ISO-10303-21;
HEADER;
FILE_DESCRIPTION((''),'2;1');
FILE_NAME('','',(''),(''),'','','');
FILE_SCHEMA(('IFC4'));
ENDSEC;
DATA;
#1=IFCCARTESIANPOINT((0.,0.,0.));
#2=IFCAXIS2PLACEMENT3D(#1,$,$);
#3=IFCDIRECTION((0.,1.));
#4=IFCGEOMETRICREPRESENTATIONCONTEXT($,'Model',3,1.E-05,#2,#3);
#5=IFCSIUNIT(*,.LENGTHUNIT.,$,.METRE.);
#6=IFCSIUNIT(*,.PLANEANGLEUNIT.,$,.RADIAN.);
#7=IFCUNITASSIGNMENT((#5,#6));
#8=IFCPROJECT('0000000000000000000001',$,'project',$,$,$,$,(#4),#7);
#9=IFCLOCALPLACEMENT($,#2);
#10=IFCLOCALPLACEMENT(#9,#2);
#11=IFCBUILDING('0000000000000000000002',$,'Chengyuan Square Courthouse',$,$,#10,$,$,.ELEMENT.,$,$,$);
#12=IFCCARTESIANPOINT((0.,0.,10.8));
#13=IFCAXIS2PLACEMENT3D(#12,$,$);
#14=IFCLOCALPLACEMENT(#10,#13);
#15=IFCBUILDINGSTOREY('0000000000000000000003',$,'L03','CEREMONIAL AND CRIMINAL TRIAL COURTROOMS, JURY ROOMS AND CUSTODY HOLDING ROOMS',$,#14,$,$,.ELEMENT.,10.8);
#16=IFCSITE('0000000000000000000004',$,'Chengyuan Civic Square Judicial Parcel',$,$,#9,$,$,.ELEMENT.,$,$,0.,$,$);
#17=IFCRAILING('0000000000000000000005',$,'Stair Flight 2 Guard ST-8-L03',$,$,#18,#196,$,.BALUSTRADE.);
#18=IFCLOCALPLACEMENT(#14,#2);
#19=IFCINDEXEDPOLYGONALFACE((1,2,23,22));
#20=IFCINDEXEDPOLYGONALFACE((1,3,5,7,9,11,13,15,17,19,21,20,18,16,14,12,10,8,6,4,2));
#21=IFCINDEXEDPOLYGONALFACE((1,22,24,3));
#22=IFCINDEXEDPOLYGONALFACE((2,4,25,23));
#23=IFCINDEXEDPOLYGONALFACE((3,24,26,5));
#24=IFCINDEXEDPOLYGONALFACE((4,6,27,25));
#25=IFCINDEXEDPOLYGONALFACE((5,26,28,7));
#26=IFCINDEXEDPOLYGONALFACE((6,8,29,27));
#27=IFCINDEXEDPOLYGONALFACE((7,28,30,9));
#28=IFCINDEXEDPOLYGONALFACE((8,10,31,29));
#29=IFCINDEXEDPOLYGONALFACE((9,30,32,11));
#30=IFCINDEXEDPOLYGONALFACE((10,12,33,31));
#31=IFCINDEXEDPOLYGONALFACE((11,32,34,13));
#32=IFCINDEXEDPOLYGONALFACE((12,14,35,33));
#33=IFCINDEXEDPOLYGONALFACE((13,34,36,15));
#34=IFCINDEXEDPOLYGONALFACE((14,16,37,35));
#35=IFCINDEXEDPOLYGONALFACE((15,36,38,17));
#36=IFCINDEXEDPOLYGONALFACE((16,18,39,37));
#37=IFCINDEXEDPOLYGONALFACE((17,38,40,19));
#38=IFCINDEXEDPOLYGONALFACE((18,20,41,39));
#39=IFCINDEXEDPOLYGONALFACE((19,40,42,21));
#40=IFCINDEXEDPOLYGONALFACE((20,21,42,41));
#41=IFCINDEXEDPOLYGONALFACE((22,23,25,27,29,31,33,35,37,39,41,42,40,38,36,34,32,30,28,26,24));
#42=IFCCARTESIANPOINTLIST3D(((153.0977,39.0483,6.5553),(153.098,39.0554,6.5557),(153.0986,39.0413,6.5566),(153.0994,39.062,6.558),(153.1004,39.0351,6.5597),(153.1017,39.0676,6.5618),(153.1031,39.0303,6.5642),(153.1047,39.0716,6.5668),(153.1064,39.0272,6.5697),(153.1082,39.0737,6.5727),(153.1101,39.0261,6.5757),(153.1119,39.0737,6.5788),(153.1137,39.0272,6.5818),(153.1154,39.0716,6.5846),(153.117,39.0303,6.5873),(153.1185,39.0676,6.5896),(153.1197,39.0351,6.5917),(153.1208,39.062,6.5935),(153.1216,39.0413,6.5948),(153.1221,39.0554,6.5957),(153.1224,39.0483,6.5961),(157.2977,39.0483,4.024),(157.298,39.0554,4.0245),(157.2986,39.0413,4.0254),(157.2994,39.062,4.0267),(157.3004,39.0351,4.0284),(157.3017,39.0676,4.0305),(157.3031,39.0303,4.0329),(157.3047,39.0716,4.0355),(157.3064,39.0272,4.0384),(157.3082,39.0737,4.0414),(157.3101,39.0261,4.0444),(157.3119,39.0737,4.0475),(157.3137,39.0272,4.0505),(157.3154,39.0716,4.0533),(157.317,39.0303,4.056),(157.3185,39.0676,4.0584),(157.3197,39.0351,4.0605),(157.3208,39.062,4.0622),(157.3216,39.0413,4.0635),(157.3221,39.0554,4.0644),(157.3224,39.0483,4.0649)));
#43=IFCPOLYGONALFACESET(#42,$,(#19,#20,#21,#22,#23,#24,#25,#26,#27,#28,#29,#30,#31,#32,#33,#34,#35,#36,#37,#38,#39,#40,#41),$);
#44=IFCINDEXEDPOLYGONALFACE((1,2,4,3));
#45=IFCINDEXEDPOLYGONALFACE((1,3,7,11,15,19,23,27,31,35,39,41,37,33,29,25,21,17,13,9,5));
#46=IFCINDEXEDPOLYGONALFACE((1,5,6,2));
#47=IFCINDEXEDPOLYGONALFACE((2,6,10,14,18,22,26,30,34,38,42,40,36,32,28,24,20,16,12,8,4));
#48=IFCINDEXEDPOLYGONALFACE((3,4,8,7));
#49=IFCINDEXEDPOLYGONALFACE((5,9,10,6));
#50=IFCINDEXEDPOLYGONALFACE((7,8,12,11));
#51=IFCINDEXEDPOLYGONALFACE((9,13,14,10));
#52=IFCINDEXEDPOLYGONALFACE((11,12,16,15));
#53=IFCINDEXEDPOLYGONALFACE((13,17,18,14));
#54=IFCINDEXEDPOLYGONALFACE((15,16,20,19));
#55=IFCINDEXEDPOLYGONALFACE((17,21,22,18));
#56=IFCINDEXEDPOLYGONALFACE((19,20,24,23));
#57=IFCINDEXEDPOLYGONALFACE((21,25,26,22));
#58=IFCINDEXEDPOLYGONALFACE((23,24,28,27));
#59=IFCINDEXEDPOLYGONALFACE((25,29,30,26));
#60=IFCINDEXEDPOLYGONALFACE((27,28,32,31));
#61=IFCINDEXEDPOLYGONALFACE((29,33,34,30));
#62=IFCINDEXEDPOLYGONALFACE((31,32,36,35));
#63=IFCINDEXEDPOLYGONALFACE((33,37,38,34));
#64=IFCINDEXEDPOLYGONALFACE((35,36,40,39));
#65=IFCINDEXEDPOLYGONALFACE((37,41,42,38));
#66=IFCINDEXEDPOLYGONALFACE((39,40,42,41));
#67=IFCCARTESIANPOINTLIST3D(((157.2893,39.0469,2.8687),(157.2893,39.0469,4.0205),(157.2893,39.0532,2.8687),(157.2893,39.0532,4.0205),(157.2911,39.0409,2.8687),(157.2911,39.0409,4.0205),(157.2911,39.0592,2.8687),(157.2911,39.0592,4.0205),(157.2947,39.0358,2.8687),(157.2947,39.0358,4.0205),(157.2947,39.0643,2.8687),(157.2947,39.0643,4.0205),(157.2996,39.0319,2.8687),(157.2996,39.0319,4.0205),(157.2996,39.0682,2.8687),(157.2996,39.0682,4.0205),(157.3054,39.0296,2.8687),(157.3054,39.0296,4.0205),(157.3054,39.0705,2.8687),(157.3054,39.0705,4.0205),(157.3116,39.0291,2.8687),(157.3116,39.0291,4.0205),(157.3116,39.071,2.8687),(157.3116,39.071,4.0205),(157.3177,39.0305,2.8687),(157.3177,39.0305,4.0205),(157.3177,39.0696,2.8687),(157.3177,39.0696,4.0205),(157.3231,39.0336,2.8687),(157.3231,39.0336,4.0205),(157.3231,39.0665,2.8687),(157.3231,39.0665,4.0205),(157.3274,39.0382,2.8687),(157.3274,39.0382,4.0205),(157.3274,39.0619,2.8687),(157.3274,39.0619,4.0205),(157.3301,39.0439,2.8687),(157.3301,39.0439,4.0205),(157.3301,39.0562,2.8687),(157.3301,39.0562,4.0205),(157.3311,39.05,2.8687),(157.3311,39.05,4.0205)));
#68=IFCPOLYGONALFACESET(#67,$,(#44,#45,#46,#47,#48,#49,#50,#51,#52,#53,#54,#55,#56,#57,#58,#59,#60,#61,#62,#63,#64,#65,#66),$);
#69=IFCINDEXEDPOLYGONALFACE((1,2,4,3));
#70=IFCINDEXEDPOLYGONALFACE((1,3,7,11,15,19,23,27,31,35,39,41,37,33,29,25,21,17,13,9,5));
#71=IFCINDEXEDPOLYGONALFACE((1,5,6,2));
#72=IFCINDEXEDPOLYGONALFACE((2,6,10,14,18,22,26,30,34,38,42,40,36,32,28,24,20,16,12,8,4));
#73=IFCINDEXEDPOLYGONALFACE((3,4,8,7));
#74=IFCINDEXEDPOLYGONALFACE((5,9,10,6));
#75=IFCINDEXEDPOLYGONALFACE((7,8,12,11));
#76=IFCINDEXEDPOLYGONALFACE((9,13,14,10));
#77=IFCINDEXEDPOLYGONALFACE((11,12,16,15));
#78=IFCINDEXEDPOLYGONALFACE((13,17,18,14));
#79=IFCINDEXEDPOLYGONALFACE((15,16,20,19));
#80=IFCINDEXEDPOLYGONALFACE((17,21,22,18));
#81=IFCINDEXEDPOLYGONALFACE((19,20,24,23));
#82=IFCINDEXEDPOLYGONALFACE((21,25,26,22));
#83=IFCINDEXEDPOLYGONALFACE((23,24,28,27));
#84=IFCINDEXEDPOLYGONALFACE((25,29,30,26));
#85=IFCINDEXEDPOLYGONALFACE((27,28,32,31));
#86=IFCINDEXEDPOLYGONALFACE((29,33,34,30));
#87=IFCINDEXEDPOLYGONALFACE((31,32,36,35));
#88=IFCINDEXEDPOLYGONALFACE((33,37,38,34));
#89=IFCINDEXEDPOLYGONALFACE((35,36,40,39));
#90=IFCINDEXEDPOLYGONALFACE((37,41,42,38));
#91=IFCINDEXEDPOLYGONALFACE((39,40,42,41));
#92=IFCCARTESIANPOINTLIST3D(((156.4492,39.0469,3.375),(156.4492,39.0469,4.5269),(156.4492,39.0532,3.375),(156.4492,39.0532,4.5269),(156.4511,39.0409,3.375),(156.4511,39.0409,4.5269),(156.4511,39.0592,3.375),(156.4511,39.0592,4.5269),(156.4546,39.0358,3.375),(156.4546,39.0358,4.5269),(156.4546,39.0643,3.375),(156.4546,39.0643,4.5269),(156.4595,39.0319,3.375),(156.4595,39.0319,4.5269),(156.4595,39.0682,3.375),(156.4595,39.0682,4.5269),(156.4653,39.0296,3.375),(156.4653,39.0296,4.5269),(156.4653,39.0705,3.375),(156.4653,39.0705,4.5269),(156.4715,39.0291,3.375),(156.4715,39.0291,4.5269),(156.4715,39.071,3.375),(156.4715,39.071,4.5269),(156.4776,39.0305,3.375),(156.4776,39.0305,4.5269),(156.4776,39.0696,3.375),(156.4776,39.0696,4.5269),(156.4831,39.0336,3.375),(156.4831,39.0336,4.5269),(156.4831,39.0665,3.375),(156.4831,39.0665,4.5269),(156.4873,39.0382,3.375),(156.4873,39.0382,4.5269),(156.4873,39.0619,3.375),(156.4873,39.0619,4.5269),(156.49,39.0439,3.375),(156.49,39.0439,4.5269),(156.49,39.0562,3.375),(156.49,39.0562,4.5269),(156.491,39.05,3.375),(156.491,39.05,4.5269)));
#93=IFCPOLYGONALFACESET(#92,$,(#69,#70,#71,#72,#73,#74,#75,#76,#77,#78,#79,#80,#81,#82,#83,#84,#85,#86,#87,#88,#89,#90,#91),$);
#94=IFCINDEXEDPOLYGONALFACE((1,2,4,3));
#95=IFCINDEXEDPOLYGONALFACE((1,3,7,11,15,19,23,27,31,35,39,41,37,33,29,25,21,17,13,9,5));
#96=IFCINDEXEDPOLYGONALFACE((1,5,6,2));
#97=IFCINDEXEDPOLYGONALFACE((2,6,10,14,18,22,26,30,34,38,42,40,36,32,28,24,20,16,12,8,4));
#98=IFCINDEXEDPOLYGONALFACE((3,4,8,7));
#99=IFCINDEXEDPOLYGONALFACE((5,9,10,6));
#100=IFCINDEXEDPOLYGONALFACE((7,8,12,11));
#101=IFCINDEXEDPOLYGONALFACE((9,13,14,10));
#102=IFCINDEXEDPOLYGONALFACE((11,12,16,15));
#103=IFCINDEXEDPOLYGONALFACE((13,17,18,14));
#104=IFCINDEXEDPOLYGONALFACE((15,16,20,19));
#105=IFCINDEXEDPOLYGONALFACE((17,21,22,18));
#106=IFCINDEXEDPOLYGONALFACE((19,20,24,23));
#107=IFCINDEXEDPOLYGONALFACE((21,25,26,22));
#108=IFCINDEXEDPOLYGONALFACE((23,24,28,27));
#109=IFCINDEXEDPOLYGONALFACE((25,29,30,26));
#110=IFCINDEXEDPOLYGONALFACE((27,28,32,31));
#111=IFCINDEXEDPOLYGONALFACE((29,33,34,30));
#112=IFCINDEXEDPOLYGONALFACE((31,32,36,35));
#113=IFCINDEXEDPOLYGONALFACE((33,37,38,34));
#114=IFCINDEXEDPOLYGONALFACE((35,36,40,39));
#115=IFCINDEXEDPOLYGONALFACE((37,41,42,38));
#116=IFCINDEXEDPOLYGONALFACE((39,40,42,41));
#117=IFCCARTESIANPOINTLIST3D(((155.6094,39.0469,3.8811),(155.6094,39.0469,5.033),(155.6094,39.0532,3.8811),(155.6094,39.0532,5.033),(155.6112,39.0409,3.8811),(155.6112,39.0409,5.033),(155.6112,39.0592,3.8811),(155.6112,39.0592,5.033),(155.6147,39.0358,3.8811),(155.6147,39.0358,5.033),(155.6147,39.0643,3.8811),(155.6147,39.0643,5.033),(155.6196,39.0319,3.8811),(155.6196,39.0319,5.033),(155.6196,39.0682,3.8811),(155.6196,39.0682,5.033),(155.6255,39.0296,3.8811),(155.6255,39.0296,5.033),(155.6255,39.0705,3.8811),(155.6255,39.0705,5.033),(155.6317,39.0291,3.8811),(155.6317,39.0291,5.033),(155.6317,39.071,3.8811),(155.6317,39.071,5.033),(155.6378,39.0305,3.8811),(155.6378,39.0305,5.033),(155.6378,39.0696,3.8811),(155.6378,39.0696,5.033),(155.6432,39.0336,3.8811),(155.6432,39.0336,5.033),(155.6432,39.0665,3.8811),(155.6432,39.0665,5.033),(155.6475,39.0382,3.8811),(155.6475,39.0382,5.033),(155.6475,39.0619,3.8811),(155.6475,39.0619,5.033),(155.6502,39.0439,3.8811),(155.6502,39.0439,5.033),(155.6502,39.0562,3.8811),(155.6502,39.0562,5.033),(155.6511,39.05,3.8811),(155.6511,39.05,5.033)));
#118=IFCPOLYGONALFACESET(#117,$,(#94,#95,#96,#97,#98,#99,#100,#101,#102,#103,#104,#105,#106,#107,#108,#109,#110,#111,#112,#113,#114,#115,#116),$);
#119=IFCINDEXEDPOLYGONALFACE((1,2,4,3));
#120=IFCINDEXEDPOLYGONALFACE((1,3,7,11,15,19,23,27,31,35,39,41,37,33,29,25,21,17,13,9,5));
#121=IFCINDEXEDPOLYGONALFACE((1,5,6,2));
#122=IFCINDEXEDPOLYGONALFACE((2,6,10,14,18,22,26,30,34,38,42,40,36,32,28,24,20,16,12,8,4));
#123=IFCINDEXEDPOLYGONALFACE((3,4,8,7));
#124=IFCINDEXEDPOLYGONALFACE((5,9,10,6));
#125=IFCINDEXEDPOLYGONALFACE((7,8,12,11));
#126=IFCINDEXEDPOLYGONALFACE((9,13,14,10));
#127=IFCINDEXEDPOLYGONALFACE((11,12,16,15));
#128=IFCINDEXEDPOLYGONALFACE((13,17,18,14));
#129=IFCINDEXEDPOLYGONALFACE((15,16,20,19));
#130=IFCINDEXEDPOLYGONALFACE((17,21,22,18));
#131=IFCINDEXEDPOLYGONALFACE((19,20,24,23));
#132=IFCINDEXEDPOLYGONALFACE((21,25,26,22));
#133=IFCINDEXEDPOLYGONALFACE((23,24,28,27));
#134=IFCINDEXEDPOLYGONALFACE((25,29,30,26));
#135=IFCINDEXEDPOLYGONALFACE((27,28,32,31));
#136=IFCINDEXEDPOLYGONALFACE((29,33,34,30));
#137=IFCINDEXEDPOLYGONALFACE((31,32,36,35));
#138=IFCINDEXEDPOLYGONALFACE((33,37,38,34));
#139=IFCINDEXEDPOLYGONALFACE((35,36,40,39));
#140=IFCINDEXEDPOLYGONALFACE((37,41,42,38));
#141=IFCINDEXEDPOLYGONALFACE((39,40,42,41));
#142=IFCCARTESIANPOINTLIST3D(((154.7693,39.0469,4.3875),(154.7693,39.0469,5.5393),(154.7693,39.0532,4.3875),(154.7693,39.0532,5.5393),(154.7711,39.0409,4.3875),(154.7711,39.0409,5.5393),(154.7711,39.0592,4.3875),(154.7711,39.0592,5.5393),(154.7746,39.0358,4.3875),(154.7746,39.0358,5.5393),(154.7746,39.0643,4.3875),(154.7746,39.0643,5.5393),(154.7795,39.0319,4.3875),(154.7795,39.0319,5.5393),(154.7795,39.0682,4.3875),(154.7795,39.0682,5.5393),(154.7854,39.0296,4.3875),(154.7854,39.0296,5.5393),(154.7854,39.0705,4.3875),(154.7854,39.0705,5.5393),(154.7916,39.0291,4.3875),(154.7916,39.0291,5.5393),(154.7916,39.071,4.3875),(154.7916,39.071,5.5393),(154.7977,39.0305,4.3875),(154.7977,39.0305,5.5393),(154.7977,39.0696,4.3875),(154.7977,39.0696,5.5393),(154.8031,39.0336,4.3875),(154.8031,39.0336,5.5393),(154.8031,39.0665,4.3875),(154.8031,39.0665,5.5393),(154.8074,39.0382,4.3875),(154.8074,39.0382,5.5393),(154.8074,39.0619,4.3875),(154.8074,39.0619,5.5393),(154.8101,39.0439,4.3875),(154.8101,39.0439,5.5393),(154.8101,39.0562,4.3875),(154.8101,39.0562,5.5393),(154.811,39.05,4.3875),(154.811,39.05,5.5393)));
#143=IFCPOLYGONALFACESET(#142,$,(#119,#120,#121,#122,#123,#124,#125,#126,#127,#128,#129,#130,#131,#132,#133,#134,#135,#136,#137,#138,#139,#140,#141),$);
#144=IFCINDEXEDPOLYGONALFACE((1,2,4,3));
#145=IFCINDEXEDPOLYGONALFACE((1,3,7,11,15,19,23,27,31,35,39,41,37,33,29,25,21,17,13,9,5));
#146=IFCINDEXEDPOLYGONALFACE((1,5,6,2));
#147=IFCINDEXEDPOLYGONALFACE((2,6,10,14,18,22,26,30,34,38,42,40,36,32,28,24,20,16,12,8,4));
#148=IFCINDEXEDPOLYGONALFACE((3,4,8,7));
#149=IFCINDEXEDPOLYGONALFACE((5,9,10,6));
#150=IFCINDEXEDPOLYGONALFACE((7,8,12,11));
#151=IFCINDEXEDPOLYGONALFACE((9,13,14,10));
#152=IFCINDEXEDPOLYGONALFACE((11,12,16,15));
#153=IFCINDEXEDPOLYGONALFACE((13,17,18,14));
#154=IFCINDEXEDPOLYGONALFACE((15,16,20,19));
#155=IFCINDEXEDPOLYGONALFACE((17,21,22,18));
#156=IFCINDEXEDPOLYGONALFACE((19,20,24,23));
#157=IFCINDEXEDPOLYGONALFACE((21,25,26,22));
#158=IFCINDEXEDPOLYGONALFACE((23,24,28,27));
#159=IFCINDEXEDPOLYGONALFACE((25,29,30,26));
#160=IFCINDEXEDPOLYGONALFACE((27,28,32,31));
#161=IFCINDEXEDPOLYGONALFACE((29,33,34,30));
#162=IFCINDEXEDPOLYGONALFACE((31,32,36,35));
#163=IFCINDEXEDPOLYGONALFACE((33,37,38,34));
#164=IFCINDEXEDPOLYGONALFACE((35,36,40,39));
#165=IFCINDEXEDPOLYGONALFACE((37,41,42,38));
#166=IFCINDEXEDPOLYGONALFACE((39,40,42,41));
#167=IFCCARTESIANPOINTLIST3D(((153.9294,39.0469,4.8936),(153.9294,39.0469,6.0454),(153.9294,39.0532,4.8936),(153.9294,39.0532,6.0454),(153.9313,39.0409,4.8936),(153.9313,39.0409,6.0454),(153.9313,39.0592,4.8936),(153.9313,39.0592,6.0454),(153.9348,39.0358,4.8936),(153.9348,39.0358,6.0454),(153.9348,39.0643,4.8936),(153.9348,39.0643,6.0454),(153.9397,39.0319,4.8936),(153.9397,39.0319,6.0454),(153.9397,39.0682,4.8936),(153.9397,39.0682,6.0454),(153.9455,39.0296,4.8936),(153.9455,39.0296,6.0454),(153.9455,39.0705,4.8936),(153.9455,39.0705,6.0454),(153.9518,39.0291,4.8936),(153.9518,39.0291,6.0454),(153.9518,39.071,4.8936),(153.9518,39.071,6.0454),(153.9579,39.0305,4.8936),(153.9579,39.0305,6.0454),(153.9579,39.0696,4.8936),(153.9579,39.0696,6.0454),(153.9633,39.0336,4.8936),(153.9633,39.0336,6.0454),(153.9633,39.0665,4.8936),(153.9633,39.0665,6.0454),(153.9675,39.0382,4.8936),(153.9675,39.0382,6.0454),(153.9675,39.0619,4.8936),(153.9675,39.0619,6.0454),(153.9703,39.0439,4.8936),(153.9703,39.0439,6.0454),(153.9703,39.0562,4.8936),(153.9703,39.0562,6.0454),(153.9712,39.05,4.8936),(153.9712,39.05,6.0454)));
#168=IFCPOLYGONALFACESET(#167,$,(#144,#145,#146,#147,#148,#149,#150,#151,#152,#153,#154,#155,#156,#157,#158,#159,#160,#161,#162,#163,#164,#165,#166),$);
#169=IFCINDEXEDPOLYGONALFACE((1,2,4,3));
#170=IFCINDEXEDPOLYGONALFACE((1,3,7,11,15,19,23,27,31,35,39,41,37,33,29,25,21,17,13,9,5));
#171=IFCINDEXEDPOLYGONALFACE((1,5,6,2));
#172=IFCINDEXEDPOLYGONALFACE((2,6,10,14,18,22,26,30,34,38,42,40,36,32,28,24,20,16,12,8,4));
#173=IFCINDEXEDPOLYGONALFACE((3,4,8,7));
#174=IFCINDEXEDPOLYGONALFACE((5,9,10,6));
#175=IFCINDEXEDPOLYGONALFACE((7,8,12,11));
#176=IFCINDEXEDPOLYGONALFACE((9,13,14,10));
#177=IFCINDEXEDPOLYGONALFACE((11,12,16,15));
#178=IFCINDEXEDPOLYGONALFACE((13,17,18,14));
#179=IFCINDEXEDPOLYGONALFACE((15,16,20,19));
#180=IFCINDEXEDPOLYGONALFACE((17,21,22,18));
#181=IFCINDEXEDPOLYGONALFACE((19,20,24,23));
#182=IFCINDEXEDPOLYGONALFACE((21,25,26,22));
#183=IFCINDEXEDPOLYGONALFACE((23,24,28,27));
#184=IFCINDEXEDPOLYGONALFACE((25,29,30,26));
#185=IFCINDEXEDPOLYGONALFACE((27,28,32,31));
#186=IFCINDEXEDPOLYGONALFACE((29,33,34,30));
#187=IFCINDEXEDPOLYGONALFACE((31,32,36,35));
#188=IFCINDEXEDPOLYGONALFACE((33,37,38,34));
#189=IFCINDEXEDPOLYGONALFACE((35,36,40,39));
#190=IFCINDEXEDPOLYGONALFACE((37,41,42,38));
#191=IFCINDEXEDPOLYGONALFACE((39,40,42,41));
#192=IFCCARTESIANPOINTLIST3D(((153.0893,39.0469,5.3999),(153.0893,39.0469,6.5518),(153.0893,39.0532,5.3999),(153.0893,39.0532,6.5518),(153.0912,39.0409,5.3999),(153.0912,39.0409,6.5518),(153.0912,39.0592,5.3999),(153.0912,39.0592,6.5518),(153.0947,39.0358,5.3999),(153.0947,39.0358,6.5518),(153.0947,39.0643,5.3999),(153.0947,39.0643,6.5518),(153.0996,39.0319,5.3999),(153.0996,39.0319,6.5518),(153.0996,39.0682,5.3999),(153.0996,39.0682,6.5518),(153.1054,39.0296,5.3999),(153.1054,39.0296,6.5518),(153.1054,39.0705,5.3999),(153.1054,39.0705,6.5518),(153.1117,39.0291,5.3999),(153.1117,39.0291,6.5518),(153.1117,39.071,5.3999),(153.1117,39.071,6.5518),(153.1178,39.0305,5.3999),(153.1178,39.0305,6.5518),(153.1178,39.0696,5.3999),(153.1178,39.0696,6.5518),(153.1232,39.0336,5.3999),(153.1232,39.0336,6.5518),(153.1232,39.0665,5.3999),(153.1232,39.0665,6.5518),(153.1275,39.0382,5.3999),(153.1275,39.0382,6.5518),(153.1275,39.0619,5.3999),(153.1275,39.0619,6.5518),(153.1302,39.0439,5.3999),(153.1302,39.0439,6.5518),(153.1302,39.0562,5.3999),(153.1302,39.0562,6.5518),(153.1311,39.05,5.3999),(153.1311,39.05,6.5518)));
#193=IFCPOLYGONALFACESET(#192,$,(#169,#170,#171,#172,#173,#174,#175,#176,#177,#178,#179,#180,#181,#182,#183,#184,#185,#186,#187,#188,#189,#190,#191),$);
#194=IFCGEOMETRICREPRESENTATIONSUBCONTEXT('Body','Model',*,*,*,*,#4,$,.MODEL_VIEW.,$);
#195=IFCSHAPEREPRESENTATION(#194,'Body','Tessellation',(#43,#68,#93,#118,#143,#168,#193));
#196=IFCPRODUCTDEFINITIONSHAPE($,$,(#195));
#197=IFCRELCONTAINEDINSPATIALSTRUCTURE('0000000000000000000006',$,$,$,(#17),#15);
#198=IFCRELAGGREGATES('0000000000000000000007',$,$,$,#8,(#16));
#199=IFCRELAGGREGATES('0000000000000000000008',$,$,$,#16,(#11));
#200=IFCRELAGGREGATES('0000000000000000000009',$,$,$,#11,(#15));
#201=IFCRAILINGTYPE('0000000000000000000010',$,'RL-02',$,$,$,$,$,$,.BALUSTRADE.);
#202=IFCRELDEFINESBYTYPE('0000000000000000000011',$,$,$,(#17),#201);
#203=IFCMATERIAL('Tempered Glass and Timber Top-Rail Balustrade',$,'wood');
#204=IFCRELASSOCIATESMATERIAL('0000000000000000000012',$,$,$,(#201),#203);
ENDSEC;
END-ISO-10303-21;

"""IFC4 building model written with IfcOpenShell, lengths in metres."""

from ifc_helpers import new_model, si_unit, direction, frame, origin, origin_2d, place, context, subcontext, project, spatial, circle, extrude, material, type_object, element, save


model = new_model("IFC4")

# Units and contexts
model_context = context("Model", 3, precision=1e-05, world=origin(), true_north=direction((0.0, 1.0)))
body_context = subcontext(model_context, "Body", "Model", "MODEL_VIEW")
ifc_project = project(units=[si_unit("LENGTHUNIT", "METRE"), si_unit("PLANEANGLEUNIT", "RADIAN")], contexts=[model_context])

# Site, building, storey
site_placement = place(None, origin())
site = spatial("IfcSite", under=ifc_project, at=site_placement, Name="Chengyuan Civic Square Judicial Parcel", CompositionType="ELEMENT", RefElevation=0.0)
building_placement = place(site_placement, origin())
building = spatial("IfcBuilding", under=site, at=building_placement, Name="Chengyuan Square Courthouse", CompositionType="ELEMENT")
storey_placement = place(building_placement, frame((0.0, 0.0, 10.8)))
storey = spatial("IfcBuildingStorey", under=building, at=storey_placement, Name="L03", Description="CEREMONIAL AND CRIMINAL TRIAL COURTROOMS, JURY ROOMS AND CUSTODY HOLDING ROOMS", CompositionType="ELEMENT", Elevation=10.8)

# Railing
ifc_material_1 = material(Name="Tempered Glass and Timber Top-Rail Balustrade", Category="wood")
railing_type_1 = type_object("IfcRailingType", Name="RL-02", PredefinedType="BALUSTRADE", material=ifc_material_1)
railing_1_placement = place(storey_placement, frame((157.3101, 39.05, 2.8687)))
element("IfcRailing", 1, at=railing_1_placement, inside=storey, type_object=railing_type_1, Name="Stair Flight 2 Guard ST-8-L03", PredefinedType="BALUSTRADE", context=body_context, shape_type="SweptSolid", body=[
    extrude(circle(Radius=0.0239, at=origin_2d()), frame((0.0, 0.0, 1.1758), z_axis=(-0.856476, 0.0, 0.516186), x_axis=(0.0, -1.0, 0.0)), (0.0, 0.0, 1.0), 4.9038),
    extrude(circle(Radius=0.021, at=origin_2d()), origin(), (0.0, 0.0, 1.0), 1.1519),
    extrude(circle(Radius=0.021, at=origin_2d()), frame((-0.8401, 0.0, 0.5063)), (0.0, 0.0, 1.0), 1.1519),
    extrude(circle(Radius=0.021, at=origin_2d()), frame((-1.6799, 0.0, 1.0125)), (0.0, 0.0, 1.0), 1.1519),
    extrude(circle(Radius=0.021, at=origin_2d()), frame((-2.52, 0.0, 1.5188)), (0.0, 0.0, 1.0), 1.1519),
    extrude(circle(Radius=0.021, at=origin_2d()), frame((-3.3599, 0.0, 2.0249)), (0.0, 0.0, 1.0), 1.1519),
    extrude(circle(Radius=0.021, at=origin_2d()), frame((-4.2, 0.0, 2.5312)), (0.0, 0.0, 1.0), 1.1519),
])

save(model, "model.ifc")
